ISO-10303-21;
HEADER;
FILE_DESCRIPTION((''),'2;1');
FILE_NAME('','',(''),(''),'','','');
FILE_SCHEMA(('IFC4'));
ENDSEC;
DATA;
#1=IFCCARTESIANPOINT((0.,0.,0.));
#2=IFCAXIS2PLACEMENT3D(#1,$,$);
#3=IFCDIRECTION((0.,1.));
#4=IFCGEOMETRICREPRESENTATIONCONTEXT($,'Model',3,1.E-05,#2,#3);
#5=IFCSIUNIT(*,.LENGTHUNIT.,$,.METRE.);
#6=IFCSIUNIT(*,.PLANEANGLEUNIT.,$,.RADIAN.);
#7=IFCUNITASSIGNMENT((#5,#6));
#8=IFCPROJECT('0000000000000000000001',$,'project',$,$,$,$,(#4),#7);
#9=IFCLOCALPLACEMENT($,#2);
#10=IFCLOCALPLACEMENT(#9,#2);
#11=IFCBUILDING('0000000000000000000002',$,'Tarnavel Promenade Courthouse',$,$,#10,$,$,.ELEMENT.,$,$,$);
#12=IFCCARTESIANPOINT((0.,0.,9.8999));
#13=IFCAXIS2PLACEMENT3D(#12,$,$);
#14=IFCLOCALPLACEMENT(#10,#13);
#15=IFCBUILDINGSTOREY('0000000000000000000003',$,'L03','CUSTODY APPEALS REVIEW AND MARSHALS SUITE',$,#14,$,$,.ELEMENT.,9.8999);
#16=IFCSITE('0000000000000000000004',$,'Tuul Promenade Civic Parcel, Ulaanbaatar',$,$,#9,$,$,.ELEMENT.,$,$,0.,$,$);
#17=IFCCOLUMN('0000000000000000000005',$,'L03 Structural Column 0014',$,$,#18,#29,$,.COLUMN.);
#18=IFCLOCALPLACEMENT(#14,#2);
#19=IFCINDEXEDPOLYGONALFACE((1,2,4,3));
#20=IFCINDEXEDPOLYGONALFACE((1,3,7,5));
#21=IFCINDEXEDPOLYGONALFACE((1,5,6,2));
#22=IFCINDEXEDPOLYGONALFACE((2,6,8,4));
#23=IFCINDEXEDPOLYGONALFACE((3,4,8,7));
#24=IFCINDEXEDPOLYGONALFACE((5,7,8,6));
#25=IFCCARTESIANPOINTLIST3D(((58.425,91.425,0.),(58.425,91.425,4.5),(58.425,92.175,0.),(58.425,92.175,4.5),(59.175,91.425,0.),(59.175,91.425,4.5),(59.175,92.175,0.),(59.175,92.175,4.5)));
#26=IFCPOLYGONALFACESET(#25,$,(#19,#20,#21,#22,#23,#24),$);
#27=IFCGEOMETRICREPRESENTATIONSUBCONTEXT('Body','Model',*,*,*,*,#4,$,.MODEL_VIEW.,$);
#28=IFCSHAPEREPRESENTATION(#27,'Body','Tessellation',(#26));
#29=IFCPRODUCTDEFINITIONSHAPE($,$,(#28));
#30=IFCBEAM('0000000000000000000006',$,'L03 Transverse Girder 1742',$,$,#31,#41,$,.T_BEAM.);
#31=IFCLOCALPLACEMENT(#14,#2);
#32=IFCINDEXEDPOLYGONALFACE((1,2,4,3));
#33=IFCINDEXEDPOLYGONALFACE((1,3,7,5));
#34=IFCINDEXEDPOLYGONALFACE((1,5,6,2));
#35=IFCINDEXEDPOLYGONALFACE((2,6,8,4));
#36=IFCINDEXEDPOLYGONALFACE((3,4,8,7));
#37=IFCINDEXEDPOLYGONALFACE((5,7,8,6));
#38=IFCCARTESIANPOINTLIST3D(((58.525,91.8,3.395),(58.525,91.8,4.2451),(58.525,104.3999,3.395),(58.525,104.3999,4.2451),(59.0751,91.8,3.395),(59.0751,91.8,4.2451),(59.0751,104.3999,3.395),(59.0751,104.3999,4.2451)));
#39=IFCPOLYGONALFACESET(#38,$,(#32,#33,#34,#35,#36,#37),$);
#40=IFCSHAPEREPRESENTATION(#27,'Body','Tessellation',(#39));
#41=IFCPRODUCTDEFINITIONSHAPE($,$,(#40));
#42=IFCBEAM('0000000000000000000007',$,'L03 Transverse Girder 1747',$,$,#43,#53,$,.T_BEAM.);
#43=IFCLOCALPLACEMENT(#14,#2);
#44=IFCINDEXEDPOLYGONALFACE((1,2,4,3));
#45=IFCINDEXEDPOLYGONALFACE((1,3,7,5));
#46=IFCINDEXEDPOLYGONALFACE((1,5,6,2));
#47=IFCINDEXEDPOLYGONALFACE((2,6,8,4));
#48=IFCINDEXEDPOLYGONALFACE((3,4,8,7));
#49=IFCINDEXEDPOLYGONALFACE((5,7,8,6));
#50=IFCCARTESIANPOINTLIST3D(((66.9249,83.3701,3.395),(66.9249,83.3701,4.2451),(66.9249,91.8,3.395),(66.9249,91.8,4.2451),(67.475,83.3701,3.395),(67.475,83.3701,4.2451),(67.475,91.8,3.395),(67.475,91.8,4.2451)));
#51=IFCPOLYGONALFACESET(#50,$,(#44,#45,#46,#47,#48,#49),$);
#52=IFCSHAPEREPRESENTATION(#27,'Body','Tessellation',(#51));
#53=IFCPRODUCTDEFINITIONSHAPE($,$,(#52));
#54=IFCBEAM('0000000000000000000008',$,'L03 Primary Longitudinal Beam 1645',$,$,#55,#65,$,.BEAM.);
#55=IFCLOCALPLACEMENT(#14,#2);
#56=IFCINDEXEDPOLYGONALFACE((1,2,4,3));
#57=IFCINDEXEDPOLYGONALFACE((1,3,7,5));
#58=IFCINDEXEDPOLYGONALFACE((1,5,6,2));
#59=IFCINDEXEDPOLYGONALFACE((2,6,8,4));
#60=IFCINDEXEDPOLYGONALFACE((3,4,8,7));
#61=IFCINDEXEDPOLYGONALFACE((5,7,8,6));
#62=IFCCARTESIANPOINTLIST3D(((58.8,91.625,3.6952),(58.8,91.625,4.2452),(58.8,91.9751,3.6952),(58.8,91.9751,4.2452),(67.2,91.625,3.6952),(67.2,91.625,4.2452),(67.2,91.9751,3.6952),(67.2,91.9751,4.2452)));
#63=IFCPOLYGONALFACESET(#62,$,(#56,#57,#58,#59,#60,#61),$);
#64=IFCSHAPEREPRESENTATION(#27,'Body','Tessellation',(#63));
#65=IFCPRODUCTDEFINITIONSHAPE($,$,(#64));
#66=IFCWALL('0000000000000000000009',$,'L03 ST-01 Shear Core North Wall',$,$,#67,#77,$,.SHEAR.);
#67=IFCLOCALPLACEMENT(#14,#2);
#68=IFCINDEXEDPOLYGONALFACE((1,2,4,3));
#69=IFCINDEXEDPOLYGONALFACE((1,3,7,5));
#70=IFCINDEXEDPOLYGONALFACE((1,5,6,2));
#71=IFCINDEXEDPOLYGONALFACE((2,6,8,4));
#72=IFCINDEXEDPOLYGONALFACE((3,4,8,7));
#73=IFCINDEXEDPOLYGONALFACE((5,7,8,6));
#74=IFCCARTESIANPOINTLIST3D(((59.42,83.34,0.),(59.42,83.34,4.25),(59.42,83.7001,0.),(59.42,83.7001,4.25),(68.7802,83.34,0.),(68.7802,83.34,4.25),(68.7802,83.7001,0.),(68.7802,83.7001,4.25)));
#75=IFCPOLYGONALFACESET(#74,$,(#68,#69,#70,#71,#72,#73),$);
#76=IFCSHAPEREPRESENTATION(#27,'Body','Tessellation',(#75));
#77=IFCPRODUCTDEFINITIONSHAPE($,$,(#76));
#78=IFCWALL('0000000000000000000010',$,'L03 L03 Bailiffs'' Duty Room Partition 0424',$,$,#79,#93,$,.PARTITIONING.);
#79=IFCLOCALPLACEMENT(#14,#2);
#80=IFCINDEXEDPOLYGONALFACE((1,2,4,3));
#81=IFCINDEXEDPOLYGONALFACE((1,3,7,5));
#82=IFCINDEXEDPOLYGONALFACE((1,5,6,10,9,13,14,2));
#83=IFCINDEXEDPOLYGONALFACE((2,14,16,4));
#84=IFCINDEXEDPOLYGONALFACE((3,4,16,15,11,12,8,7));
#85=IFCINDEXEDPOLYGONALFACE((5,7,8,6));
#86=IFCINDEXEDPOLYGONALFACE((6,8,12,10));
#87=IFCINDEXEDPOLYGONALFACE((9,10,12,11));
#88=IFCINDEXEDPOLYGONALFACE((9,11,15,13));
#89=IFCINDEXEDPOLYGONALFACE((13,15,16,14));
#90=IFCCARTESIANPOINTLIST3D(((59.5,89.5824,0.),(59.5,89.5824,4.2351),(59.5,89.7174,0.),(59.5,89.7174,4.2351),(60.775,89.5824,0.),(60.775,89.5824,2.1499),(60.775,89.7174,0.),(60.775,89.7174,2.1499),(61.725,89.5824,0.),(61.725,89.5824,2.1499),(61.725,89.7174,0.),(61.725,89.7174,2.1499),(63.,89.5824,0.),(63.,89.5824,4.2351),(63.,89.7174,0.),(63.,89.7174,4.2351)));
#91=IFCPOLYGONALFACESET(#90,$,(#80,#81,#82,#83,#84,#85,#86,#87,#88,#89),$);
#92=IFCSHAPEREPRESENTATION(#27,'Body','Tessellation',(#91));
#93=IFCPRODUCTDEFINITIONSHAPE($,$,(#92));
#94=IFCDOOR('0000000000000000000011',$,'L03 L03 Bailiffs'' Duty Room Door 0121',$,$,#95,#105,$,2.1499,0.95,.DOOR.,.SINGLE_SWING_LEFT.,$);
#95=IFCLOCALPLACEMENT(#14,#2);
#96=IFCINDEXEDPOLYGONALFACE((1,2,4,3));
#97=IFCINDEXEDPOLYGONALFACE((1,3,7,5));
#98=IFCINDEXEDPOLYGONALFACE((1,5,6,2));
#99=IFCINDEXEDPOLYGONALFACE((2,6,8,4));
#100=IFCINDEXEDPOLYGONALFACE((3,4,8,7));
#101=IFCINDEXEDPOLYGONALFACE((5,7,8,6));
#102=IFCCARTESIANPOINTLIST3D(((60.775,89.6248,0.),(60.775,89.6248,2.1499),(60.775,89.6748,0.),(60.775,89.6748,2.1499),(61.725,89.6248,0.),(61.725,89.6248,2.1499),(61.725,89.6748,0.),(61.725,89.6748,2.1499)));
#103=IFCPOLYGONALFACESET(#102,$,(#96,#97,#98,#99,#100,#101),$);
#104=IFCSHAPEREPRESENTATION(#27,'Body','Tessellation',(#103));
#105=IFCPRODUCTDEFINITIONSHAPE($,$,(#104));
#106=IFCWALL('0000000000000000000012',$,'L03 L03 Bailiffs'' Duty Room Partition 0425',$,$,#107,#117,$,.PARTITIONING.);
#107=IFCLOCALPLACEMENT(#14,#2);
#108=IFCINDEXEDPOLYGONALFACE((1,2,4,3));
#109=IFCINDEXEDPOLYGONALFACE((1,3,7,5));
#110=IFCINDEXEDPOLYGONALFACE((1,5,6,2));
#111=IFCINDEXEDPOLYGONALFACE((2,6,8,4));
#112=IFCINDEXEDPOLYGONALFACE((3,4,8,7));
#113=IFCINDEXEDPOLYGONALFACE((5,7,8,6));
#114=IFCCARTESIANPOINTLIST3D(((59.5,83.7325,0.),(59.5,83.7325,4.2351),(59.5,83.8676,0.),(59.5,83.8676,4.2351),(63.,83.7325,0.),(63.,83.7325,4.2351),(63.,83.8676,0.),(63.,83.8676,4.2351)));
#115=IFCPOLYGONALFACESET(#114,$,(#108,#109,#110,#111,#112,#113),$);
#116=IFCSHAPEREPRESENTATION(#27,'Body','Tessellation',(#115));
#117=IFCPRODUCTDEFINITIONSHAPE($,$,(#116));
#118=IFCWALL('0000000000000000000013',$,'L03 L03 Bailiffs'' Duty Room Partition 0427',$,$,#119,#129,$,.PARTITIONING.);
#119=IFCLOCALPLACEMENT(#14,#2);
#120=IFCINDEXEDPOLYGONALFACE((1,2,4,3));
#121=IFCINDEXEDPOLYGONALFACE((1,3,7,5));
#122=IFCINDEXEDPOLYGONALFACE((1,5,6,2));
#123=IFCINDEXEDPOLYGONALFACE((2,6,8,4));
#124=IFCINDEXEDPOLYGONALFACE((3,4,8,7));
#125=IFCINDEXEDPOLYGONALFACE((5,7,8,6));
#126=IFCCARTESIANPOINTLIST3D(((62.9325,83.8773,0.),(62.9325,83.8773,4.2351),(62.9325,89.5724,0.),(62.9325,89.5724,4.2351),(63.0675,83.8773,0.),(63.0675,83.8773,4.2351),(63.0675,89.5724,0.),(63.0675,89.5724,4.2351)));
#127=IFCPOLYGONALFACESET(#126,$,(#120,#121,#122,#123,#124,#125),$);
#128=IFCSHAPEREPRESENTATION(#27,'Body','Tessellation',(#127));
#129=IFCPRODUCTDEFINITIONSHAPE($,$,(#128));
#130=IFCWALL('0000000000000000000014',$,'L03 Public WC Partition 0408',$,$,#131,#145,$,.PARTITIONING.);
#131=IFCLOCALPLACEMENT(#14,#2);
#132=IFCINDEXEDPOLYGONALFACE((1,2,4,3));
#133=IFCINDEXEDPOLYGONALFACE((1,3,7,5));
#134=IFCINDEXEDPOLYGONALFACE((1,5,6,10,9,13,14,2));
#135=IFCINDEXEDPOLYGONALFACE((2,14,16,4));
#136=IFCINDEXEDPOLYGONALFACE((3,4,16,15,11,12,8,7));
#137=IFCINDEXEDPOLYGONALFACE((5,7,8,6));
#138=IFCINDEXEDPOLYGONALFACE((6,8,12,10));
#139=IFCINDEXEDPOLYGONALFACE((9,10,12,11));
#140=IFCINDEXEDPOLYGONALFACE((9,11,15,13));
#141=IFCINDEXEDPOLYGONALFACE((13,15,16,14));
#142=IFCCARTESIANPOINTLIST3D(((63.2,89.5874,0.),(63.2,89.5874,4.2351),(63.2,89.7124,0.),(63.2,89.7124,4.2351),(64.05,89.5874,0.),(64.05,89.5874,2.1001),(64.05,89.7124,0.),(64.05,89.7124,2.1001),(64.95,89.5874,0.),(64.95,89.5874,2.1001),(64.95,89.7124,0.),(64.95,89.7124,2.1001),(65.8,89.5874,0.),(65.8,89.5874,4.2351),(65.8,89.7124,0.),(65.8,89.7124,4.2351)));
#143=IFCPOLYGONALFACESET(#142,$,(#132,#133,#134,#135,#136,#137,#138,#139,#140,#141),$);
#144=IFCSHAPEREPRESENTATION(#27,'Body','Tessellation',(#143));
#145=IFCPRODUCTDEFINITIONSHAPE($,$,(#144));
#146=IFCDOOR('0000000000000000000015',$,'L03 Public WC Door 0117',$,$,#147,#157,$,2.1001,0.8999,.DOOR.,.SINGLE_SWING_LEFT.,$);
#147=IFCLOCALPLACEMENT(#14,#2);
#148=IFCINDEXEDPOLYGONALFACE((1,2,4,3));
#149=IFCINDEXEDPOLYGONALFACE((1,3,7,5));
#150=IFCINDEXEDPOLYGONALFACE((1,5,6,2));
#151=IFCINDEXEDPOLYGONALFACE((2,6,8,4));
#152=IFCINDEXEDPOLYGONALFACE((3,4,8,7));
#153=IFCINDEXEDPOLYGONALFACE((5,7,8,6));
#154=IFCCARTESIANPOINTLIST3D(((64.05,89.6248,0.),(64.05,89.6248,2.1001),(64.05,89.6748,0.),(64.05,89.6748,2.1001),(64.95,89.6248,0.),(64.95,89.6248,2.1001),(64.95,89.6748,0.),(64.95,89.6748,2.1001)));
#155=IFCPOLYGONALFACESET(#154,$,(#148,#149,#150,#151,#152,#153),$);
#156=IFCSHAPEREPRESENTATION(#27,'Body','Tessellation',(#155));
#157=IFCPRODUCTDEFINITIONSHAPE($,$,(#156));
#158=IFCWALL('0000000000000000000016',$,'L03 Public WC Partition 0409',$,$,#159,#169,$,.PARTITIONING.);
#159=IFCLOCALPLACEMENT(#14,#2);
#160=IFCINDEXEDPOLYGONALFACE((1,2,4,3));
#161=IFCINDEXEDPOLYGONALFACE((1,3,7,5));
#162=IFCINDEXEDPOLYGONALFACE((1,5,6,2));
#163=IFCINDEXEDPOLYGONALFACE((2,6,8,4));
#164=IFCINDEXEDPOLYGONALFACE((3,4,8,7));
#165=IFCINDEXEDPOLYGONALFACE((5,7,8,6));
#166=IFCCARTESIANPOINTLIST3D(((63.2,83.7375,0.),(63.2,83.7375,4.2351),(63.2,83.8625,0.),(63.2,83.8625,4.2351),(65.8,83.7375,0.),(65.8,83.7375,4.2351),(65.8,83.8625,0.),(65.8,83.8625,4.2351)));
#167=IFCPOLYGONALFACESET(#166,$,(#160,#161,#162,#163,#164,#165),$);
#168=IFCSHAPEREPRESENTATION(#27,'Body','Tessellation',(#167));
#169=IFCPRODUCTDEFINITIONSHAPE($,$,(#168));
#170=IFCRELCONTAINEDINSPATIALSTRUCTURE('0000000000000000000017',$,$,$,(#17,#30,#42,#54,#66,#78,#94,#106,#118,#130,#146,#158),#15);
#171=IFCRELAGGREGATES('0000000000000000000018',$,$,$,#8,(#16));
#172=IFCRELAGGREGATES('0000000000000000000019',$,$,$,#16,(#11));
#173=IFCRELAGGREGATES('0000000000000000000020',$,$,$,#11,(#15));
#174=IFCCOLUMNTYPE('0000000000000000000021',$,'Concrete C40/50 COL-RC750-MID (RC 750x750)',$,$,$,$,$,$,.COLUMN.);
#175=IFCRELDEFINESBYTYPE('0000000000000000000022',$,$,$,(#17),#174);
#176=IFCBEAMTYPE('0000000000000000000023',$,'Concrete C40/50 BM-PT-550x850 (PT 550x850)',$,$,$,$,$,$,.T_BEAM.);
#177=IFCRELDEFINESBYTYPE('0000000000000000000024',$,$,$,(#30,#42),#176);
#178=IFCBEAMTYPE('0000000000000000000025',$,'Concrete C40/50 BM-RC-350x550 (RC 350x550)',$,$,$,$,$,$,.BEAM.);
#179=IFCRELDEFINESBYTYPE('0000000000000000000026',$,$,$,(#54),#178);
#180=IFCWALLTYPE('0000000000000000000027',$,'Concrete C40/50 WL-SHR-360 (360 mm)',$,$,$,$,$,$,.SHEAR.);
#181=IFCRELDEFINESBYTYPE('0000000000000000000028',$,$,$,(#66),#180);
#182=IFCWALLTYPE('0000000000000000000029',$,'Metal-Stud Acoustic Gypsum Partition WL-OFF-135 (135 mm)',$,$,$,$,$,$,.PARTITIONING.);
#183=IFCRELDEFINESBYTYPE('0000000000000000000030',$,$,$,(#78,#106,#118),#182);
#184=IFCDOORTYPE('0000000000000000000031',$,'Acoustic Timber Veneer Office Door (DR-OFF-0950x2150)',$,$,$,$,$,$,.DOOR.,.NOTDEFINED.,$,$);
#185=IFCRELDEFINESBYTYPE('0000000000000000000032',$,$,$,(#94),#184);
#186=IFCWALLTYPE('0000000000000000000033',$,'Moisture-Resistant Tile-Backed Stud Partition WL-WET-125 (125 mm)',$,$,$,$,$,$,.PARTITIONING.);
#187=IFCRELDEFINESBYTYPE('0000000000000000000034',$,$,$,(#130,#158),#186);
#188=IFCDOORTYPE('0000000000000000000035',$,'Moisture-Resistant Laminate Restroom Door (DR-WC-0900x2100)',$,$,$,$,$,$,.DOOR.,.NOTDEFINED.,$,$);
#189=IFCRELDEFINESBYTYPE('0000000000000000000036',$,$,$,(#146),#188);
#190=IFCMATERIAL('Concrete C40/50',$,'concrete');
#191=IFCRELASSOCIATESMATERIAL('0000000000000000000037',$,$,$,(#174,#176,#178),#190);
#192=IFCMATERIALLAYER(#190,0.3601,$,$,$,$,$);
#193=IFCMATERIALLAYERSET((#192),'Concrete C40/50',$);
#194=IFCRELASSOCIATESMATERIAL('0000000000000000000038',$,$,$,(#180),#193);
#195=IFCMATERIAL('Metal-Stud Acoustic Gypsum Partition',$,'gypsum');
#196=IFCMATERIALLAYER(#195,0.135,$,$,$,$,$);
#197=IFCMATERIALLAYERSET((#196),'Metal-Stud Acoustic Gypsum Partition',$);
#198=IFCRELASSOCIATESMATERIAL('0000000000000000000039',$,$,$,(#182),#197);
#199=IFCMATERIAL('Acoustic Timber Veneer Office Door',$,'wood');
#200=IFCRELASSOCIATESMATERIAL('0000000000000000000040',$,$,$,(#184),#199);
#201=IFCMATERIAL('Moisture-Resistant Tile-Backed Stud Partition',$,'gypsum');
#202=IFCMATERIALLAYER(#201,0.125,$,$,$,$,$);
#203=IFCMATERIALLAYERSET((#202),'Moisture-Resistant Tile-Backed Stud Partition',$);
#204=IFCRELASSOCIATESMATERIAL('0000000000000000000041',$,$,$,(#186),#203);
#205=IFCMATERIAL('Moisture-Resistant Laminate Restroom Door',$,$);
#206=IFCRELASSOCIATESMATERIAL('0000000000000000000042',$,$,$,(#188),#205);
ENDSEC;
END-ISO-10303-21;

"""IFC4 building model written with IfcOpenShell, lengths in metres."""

from ifc_helpers import new_model, si_unit, direction, frame, frame_2d, origin, origin_2d, place, context, subcontext, project, spatial, rectangle, extrude, material, layer, layer_set, material_profile, profile_set, type_object, element, fill, save


model = new_model("IFC4")

# Units and contexts
model_context = context("Model", 3, precision=1e-05, world=origin(), true_north=direction((0.0, 1.0)))
body_context = subcontext(model_context, "Body", "Model", "MODEL_VIEW")
ifc_project = project(units=[si_unit("LENGTHUNIT", "METRE"), si_unit("PLANEANGLEUNIT", "RADIAN")], contexts=[model_context])

# Site, building, storey
site_placement = place(None, origin())
site = spatial("IfcSite", under=ifc_project, at=site_placement, Name="Tuul Promenade Civic Parcel, Ulaanbaatar", CompositionType="ELEMENT", RefElevation=0.0)
building_placement = place(site_placement, origin())
building = spatial("IfcBuilding", under=site, at=building_placement, Name="Tarnavel Promenade Courthouse", CompositionType="ELEMENT")
storey_placement = place(building_placement, frame((0.0, 0.0, 9.8999)))
storey = spatial("IfcBuildingStorey", under=building, at=storey_placement, Name="L03", Description="CUSTODY APPEALS REVIEW AND MARSHALS SUITE", CompositionType="ELEMENT", Elevation=9.8999)

# Column
ifc_material_1 = material(Name="Concrete C40/50", Category="concrete")
ifc_material_profile_1 = material_profile(ifc_material_1, rectangle(XDim=0.75, YDim=0.75, at=origin_2d()), Name="RC 750x750")
ifc_profile_set_1 = profile_set([ifc_material_profile_1], Name="Concrete C40/50")
column_type = type_object("IfcColumnType", Name="Concrete C40/50 COL-RC750-MID (RC 750x750)", PredefinedType="COLUMN", material=ifc_profile_set_1)
column_placement = place(storey_placement, frame((58.8, 91.8, 0.0), z_axis=(0.0, 0.0, 1.0), x_axis=(1.0, 0.0, 0.0)))
element("IfcColumn", 1, at=column_placement, inside=storey, type_object=column_type, Name="L03 Structural Column 0014", PredefinedType="COLUMN", context=body_context, shape_type="SweptSolid", body=[
    extrude(rectangle(XDim=0.75, YDim=0.75, at=origin_2d()), origin(), (0.0, 0.0, 1.0), 4.5),
])

# Beams
ifc_material_profile_2 = material_profile(ifc_material_1, rectangle(XDim=0.55, YDim=0.8501, at=origin_2d()), Name="PT 550x850")
ifc_profile_set_2 = profile_set([ifc_material_profile_2], Name="Concrete C40/50")
beam_type_1 = type_object("IfcBeamType", Name="Concrete C40/50 BM-PT-550x850 (PT 550x850)", PredefinedType="T_BEAM", material=ifc_profile_set_2)
beam_1_placement = place(storey_placement, frame((58.8, 91.8, 3.8201), z_axis=(0.0, 1.0, 0.0), x_axis=(-1.0, 0.0, 0.0)))
element("IfcBeam", 2, at=beam_1_placement, inside=storey, type_object=beam_type_1, Name="L03 Transverse Girder 1742", PredefinedType="T_BEAM", context=body_context, shape_type="SweptSolid", body=[
    extrude(rectangle(XDim=0.55, YDim=0.8501, at=origin_2d()), origin(), (0.0, 0.0, 1.0), 12.5999),
])
beam_2_placement = place(storey_placement, frame((67.2, 83.3701, 3.8201), z_axis=(0.0, 1.0, 0.0), x_axis=(-1.0, 0.0, 0.0)))
element("IfcBeam", 3, at=beam_2_placement, inside=storey, type_object=beam_type_1, Name="L03 Transverse Girder 1747", PredefinedType="T_BEAM", context=body_context, shape_type="SweptSolid", body=[
    extrude(rectangle(XDim=0.55, YDim=0.8501, at=origin_2d()), origin(), (0.0, 0.0, 1.0), 8.4299),
])
ifc_material_profile_3 = material_profile(ifc_material_1, rectangle(XDim=0.3501, YDim=0.55, at=origin_2d()), Name="RC 350x550")
ifc_profile_set_3 = profile_set([ifc_material_profile_3], Name="Concrete C40/50")
beam_type_2 = type_object("IfcBeamType", Name="Concrete C40/50 BM-RC-350x550 (RC 350x550)", PredefinedType="BEAM", material=ifc_profile_set_3)
beam_3_placement = place(storey_placement, frame((58.8, 91.8, 3.9702), z_axis=(1.0, 0.0, 0.0), x_axis=(0.0, 1.0, 0.0)))
element("IfcBeam", 4, at=beam_3_placement, inside=storey, type_object=beam_type_2, Name="L03 Primary Longitudinal Beam 1645", PredefinedType="BEAM", context=body_context, shape_type="SweptSolid", body=[
    extrude(rectangle(XDim=0.3501, YDim=0.55, at=origin_2d()), origin(), (0.0, 0.0, 1.0), 8.3999),
])

# Wall
ifc_layer_1 = layer(ifc_material_1, 0.3601)
ifc_layer_set_1 = layer_set([ifc_layer_1], Name="Concrete C40/50")
wall_type_1 = type_object("IfcWallType", Name="Concrete C40/50 WL-SHR-360 (360 mm)", PredefinedType="SHEAR", material=ifc_layer_set_1)
wall_1_placement = place(storey_placement, frame((59.4199, 83.52, 0.0), z_axis=(0.0, 0.0, 1.0), x_axis=(1.0, 0.0, 0.0)))
element("IfcWall", 5, at=wall_1_placement, inside=storey, type_object=wall_type_1, Name="L03 ST-01 Shear Core North Wall", PredefinedType="SHEAR", context=body_context, shape_type="SweptSolid", body=[
    extrude(rectangle(XDim=9.3601, YDim=0.3601, at=frame_2d((4.6802, 0.0))), origin(), (0.0, 0.0, 1.0), 4.25),
])

# Wall, opening, door
ifc_material_2 = material(Name="Metal-Stud Acoustic Gypsum Partition", Category="gypsum")
ifc_layer_2 = layer(ifc_material_2, 0.135)
ifc_layer_set_2 = layer_set([ifc_layer_2], Name="Metal-Stud Acoustic Gypsum Partition")
wall_type_2 = type_object("IfcWallType", Name="Metal-Stud Acoustic Gypsum Partition WL-OFF-135 (135 mm)", PredefinedType="PARTITIONING", material=ifc_layer_set_2)
wall_2_placement = place(storey_placement, frame((59.5, 89.6499, 0.0), z_axis=(0.0, 0.0, 1.0), x_axis=(1.0, 0.0, 0.0)))
wall_2 = element("IfcWall", 6, at=wall_2_placement, inside=storey, type_object=wall_type_2, Name="L03 L03 Bailiffs' Duty Room Partition 0424", PredefinedType="PARTITIONING", context=body_context, shape_type="SweptSolid", body=[
    extrude(rectangle(XDim=3.5, YDim=0.135, at=frame_2d((1.75, 0.0))), origin(), (0.0, 0.0, 1.0), 4.2351),
])
opening_1_placement = place(wall_2_placement, frame((1.2749, 0.0, 0.0)))
opening_1 = element("IfcOpeningElement", 7, at=opening_1_placement, cuts=wall_2, PredefinedType="OPENING", context=body_context, shape_type="SweptSolid", body=[
    extrude(rectangle(XDim=0.95, YDim=2.1499, at=frame_2d((0.4751, 1.075))), frame((0.0, 0.0774, 0.0), z_axis=(0.0, -1.0, 0.0), x_axis=(1.0, 0.0, 0.0)), (0.0, 0.0, 1.0), 0.155),
])
ifc_material_3 = material(Name="Acoustic Timber Veneer Office Door", Category="wood")
door_type_1 = type_object("IfcDoorType", Name="Acoustic Timber Veneer Office Door (DR-OFF-0950x2150)", OperationType="NOTDEFINED", PredefinedType="DOOR", material=ifc_material_3)
door_1_placement = place(opening_1_placement, origin())
door_1 = element("IfcDoor", 8, at=door_1_placement, inside=storey, type_object=door_type_1, Name="L03 L03 Bailiffs' Duty Room Door 0121", OperationType="SINGLE_SWING_LEFT", OverallHeight=2.1499, OverallWidth=0.95, PredefinedType="DOOR", context=body_context, shape_type="SweptSolid", body=[
    extrude(rectangle(XDim=0.95, YDim=2.1499, at=frame_2d((0.4751, 1.075))), frame((0.0, 0.0249, 0.0), z_axis=(0.0, -1.0, 0.0), x_axis=(1.0, 0.0, 0.0)), (0.0, 0.0, 1.0), 0.05),
])
fill(opening_1, door_1)

# Walls
wall_3_placement = place(storey_placement, frame((63.0, 83.8, 0.0), z_axis=(0.0, 0.0, 1.0), x_axis=(-1.0, 0.0, 0.0)))
element("IfcWall", 9, at=wall_3_placement, inside=storey, type_object=wall_type_2, Name="L03 L03 Bailiffs' Duty Room Partition 0425", PredefinedType="PARTITIONING", context=body_context, shape_type="SweptSolid", body=[
    extrude(rectangle(XDim=3.5, YDim=0.135, at=frame_2d((1.75, 0.0))), origin(), (0.0, 0.0, 1.0), 4.2351),
])
for number, where, z_axis, x_axis, name in (
    (10, (63.0, 89.5725, 0.0), (0.0, 0.0, 1.0), (0.0, -1.0, 0.0), "L03 L03 Bailiffs' Duty Room Partition 0427"),
):
    element("IfcWall", number, at=place(storey_placement, frame(where, z_axis=z_axis, x_axis=x_axis)), inside=storey, type_object=wall_type_2, Name=name, PredefinedType="PARTITIONING", context=body_context, shape_type="SweptSolid", body=[
        extrude(rectangle(XDim=5.6951, YDim=0.135, at=frame_2d((2.8477, 0.0))), origin(), (0.0, 0.0, 1.0), 4.2351),
    ])

# Wall, opening, door
ifc_material_4 = material(Name="Moisture-Resistant Tile-Backed Stud Partition", Category="gypsum")
ifc_layer_3 = layer(ifc_material_4, 0.125)
ifc_layer_set_3 = layer_set([ifc_layer_3], Name="Moisture-Resistant Tile-Backed Stud Partition")
wall_type_3 = type_object("IfcWallType", Name="Moisture-Resistant Tile-Backed Stud Partition WL-WET-125 (125 mm)", PredefinedType="PARTITIONING", material=ifc_layer_set_3)
wall_4_placement = place(storey_placement, frame((63.2, 89.6499, 0.0), z_axis=(0.0, 0.0, 1.0), x_axis=(1.0, 0.0, 0.0)))
wall_4 = element("IfcWall", 11, at=wall_4_placement, inside=storey, type_object=wall_type_3, Name="L03 Public WC Partition 0408", PredefinedType="PARTITIONING", context=body_context, shape_type="SweptSolid", body=[
    extrude(rectangle(XDim=2.6001, YDim=0.125, at=frame_2d((1.3, 0.0))), origin(), (0.0, 0.0, 1.0), 4.2351),
])
opening_2_placement = place(wall_4_placement, frame((0.8501, 0.0, 0.0)))
opening_2 = element("IfcOpeningElement", 12, at=opening_2_placement, cuts=wall_4, PredefinedType="OPENING", context=body_context, shape_type="SweptSolid", body=[
    extrude(rectangle(XDim=0.8999, YDim=2.1001, at=frame_2d((0.45, 1.05))), frame((0.0, 0.0725, 0.0), z_axis=(0.0, -1.0, 0.0), x_axis=(1.0, 0.0, 0.0)), (0.0, 0.0, 1.0), 0.145),
])
ifc_material_5 = material(Name="Moisture-Resistant Laminate Restroom Door")
door_type_2 = type_object("IfcDoorType", Name="Moisture-Resistant Laminate Restroom Door (DR-WC-0900x2100)", OperationType="NOTDEFINED", PredefinedType="DOOR", material=ifc_material_5)
door_2_placement = place(opening_2_placement, origin())
door_2 = element("IfcDoor", 13, at=door_2_placement, inside=storey, type_object=door_type_2, Name="L03 Public WC Door 0117", OperationType="SINGLE_SWING_LEFT", OverallHeight=2.1001, OverallWidth=0.8999, PredefinedType="DOOR", context=body_context, shape_type="SweptSolid", body=[
    extrude(rectangle(XDim=0.8999, YDim=2.1001, at=frame_2d((0.45, 1.05))), frame((0.0, 0.0249, 0.0), z_axis=(0.0, -1.0, 0.0), x_axis=(1.0, 0.0, 0.0)), (0.0, 0.0, 1.0), 0.05),
])
fill(opening_2, door_2)

# Wall
wall_5_placement = place(storey_placement, frame((65.8, 83.8, 0.0), z_axis=(0.0, 0.0, 1.0), x_axis=(-1.0, 0.0, 0.0)))
element("IfcWall", 14, at=wall_5_placement, inside=storey, type_object=wall_type_3, Name="L03 Public WC Partition 0409", PredefinedType="PARTITIONING", context=body_context, shape_type="SweptSolid", body=[
    extrude(rectangle(XDim=2.6001, YDim=0.125, at=frame_2d((1.3, 0.0))), origin(), (0.0, 0.0, 1.0), 4.2351),
])

save(model, "model.ifc")
